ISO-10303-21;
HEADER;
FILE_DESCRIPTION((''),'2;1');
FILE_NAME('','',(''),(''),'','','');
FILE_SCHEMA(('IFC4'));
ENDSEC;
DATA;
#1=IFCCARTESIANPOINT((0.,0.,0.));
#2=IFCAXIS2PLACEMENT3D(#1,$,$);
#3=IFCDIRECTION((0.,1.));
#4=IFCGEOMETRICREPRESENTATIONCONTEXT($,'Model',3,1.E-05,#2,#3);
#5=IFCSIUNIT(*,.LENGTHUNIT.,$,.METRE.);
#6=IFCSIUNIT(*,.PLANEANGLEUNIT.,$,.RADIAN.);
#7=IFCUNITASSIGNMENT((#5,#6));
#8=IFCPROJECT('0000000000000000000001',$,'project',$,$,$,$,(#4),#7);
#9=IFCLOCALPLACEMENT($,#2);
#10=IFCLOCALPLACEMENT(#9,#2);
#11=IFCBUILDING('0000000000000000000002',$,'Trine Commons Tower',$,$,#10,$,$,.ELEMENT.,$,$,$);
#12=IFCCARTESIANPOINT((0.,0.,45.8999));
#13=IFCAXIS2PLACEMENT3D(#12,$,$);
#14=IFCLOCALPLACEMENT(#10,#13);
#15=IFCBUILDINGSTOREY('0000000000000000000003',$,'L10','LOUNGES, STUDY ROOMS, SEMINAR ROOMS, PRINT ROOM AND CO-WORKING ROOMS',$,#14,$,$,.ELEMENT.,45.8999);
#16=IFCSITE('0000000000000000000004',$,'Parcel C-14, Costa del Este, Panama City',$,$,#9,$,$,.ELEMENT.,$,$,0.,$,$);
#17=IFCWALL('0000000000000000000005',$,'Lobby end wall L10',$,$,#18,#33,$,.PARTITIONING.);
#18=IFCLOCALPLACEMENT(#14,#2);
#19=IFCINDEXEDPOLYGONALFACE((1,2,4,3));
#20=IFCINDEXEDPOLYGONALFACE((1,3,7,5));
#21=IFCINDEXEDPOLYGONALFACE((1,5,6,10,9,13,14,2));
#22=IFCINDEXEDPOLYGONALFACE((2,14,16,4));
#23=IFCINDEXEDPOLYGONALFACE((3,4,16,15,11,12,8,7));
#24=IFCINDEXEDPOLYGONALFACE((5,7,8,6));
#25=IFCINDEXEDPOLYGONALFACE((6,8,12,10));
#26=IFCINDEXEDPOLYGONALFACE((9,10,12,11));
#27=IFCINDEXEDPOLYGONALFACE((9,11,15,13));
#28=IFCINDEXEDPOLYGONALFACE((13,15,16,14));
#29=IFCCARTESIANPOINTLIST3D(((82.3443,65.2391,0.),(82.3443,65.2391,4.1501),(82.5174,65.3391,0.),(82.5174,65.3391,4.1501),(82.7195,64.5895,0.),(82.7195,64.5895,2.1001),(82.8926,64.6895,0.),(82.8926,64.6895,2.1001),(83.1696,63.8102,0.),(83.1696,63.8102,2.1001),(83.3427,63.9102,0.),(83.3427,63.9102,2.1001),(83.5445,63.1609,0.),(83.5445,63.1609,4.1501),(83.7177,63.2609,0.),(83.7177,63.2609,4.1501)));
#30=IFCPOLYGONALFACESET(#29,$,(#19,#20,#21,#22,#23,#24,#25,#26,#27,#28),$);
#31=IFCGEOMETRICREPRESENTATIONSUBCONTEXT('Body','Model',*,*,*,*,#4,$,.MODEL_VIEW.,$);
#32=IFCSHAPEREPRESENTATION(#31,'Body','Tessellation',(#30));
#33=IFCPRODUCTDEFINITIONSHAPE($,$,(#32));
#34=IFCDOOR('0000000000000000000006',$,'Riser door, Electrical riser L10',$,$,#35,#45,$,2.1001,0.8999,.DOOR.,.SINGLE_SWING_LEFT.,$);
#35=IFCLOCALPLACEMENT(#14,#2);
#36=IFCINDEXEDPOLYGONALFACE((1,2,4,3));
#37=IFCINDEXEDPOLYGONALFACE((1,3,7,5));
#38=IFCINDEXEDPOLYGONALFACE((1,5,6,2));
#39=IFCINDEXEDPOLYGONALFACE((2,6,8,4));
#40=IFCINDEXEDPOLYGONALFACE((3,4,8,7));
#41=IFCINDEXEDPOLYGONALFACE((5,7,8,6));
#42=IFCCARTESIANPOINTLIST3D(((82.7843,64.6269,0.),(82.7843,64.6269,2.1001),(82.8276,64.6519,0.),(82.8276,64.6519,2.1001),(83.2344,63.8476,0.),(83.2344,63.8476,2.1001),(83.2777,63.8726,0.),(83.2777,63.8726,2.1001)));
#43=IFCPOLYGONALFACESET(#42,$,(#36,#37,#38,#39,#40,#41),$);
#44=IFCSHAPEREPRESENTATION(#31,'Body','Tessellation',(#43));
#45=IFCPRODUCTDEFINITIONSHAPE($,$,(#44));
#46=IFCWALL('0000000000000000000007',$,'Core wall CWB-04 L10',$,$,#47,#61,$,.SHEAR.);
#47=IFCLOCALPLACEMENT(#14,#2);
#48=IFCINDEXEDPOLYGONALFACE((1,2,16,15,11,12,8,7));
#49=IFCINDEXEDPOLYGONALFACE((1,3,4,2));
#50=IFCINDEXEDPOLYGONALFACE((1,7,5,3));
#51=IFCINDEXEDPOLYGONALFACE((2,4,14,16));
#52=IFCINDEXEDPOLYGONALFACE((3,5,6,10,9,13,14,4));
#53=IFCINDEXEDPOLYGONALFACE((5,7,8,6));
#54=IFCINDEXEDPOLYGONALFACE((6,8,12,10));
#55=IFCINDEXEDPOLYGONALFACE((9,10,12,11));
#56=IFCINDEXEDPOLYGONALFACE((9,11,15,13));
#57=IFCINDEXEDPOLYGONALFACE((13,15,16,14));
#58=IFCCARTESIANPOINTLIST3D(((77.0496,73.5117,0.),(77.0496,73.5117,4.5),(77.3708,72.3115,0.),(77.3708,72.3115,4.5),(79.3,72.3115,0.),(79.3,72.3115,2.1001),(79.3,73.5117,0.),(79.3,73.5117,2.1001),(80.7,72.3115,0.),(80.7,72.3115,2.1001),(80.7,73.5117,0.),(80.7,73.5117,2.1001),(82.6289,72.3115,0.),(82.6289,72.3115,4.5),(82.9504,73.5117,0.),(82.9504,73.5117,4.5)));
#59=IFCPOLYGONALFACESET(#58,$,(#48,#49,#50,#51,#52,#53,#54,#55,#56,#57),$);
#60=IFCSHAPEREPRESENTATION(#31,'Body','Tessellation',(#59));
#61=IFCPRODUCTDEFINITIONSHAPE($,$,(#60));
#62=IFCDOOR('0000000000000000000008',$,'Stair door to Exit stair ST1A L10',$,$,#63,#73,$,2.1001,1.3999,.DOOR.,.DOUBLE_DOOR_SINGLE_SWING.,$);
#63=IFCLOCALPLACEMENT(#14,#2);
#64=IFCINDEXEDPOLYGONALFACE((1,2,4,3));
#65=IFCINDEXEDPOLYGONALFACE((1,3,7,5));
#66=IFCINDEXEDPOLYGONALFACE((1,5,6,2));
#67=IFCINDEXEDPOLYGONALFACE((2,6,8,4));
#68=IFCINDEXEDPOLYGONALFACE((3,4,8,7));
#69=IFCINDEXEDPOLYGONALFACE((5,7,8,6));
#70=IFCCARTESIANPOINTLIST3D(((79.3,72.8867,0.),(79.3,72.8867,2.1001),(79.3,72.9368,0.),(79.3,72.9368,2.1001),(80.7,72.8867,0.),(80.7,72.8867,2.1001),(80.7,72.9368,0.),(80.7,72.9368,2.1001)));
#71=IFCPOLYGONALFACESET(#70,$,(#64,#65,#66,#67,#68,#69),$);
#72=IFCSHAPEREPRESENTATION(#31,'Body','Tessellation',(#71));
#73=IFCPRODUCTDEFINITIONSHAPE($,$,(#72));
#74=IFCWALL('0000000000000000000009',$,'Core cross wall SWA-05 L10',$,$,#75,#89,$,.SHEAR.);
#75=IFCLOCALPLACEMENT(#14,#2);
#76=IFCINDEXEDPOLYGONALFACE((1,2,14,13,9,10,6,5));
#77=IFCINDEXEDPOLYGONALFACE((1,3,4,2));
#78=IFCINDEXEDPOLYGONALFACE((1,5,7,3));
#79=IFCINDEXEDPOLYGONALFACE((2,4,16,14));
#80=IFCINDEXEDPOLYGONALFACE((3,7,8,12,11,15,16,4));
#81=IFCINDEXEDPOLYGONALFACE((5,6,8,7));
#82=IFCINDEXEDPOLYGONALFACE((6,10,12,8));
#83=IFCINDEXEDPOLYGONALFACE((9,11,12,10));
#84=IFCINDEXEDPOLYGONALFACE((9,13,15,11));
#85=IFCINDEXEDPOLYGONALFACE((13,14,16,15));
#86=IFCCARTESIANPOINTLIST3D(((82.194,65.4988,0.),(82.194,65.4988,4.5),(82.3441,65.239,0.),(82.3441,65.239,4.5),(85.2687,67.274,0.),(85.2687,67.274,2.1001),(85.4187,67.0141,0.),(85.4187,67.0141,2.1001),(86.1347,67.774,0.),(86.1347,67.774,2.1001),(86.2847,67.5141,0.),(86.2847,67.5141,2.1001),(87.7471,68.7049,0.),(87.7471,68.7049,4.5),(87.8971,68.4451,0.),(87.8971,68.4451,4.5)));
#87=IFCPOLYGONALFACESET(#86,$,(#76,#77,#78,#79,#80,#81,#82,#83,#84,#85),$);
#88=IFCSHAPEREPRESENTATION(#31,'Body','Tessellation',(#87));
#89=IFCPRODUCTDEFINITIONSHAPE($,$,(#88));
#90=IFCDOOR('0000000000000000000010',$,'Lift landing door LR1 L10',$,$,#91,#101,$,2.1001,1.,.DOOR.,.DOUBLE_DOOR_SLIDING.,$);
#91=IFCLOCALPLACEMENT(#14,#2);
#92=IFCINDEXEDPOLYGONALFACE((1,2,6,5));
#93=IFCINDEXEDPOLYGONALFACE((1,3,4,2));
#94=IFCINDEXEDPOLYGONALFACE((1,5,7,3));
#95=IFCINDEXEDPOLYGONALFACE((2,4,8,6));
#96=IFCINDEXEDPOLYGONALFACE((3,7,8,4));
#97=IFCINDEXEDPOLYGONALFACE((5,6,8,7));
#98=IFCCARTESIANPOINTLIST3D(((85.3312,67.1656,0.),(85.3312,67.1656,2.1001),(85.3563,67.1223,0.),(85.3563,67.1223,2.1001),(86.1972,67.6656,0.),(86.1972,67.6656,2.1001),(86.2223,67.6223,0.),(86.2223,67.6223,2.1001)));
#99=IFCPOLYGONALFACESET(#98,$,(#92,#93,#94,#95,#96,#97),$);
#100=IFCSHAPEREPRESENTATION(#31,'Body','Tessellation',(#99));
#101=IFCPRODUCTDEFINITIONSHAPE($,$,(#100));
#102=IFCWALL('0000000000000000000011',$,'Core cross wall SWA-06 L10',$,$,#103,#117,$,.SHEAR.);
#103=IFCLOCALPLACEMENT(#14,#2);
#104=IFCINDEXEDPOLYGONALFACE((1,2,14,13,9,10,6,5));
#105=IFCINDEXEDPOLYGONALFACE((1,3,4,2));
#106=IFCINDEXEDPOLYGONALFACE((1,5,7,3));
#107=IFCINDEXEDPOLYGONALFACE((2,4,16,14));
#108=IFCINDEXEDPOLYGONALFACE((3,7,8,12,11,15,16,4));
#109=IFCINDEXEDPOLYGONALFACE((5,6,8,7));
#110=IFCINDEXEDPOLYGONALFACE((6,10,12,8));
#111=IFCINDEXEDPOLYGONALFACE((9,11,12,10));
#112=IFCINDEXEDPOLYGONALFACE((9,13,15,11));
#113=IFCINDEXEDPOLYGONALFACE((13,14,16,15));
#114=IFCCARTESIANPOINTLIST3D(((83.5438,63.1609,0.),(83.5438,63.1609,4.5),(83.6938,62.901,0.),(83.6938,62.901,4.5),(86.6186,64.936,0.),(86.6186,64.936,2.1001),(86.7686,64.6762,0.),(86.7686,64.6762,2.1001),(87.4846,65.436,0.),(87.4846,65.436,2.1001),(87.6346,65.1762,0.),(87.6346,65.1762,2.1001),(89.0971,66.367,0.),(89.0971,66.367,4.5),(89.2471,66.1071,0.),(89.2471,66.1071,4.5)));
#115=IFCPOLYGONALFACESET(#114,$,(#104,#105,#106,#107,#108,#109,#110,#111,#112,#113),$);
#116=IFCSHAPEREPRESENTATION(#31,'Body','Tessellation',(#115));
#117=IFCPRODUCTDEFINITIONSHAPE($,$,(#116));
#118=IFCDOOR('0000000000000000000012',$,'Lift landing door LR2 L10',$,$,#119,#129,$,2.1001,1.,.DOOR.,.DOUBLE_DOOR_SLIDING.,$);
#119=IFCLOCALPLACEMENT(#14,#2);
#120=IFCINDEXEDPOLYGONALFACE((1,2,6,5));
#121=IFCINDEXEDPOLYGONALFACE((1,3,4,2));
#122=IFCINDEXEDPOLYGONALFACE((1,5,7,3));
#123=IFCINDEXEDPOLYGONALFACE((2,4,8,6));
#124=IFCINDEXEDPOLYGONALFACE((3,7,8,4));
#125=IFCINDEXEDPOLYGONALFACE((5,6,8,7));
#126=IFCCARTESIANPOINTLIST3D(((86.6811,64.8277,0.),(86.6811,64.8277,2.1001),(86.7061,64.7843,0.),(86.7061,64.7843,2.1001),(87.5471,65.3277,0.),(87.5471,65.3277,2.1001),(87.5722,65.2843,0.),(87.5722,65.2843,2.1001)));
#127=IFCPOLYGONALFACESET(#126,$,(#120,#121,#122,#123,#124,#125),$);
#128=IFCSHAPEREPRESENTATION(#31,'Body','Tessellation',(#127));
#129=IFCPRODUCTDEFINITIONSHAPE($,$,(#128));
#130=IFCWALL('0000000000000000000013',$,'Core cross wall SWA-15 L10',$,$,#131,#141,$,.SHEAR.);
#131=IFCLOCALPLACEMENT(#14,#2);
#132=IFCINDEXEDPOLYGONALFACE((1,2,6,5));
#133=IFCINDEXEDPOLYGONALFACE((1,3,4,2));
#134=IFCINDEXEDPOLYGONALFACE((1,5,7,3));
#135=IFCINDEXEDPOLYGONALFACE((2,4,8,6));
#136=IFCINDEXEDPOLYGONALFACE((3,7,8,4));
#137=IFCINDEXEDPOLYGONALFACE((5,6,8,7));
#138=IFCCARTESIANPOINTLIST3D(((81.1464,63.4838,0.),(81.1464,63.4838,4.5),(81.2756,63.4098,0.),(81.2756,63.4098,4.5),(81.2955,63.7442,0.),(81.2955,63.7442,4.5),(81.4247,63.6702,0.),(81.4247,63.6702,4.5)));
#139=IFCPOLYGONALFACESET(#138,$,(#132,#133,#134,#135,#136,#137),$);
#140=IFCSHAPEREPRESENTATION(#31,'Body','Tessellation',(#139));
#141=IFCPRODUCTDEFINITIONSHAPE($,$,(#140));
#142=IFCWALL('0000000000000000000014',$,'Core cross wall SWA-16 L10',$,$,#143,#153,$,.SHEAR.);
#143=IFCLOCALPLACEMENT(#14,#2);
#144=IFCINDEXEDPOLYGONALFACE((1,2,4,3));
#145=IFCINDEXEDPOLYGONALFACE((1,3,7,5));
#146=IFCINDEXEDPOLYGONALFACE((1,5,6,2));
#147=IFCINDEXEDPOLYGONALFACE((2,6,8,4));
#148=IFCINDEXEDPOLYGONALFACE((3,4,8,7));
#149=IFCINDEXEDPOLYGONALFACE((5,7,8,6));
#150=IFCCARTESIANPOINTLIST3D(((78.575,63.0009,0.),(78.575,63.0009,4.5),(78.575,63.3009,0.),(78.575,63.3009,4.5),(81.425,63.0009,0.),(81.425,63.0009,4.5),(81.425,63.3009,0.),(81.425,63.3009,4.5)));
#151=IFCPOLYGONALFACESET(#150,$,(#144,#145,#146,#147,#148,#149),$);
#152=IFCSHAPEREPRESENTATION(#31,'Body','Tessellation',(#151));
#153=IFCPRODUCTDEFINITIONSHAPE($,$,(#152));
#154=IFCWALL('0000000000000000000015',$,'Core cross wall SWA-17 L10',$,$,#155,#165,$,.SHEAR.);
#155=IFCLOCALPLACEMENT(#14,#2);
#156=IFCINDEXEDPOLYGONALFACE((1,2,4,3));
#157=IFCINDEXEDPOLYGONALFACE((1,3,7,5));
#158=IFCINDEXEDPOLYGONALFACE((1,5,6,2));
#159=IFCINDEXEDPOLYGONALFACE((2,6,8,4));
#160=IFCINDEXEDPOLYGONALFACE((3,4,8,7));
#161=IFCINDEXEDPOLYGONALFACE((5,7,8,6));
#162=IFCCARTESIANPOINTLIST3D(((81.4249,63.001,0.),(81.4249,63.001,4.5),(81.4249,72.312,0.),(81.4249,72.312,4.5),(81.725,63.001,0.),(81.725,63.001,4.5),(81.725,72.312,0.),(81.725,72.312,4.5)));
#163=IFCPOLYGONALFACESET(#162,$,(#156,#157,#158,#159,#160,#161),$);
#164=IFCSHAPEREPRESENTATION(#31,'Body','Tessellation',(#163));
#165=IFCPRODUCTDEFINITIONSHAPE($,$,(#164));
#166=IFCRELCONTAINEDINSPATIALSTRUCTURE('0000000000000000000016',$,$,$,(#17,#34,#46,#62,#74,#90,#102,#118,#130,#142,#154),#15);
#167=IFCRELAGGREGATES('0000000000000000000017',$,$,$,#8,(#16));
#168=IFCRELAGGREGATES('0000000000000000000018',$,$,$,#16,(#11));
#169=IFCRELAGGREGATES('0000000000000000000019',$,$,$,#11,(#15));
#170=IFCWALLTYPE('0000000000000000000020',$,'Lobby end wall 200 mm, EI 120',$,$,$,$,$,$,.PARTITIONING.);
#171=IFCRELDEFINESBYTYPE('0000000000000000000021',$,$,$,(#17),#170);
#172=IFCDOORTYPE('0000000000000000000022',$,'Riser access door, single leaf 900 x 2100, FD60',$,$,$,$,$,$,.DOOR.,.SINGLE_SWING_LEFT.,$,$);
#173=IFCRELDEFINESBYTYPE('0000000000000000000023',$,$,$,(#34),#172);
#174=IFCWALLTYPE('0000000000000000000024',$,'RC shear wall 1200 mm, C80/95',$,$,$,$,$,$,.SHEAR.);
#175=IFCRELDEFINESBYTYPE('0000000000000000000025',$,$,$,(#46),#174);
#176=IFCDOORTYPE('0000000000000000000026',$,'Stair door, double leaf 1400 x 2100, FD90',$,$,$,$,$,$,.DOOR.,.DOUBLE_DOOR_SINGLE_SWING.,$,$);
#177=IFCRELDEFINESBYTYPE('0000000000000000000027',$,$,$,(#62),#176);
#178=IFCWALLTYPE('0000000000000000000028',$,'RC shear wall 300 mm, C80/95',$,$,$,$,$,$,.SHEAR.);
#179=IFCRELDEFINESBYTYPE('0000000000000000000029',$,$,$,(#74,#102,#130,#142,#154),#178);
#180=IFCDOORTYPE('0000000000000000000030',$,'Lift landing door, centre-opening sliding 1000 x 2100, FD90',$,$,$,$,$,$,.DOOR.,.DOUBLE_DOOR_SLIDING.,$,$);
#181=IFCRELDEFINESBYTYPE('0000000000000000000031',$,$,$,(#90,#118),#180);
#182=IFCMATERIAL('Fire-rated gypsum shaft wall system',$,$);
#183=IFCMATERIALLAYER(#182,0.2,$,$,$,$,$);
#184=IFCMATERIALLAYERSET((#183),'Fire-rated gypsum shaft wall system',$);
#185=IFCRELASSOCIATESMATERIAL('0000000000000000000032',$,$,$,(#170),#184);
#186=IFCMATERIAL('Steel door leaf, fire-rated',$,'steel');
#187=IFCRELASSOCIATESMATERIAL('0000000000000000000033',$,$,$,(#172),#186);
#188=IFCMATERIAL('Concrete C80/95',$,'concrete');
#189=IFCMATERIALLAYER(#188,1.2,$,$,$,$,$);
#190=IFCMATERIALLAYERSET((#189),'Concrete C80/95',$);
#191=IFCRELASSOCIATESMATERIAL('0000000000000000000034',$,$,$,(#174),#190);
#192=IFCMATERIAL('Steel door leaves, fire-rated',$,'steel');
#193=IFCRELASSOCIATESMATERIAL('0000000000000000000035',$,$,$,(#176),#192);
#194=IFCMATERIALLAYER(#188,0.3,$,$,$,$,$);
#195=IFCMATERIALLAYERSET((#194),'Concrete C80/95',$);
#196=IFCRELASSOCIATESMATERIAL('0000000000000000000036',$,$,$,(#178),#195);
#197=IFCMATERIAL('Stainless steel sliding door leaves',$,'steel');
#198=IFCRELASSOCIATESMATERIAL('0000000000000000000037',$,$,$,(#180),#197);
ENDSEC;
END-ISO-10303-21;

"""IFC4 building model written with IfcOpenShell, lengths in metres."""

from ifc_helpers import new_model, si_unit, direction, frame, frame_2d, origin, place, context, subcontext, project, spatial, polyline, rectangle, outline, extrude, material, layer, layer_set, type_object, element, fill, save


model = new_model("IFC4")

# Units and contexts
model_context = context("Model", 3, precision=1e-05, world=origin(), true_north=direction((0.0, 1.0)))
body_context = subcontext(model_context, "Body", "Model", "MODEL_VIEW")
ifc_project = project(units=[si_unit("LENGTHUNIT", "METRE"), si_unit("PLANEANGLEUNIT", "RADIAN")], contexts=[model_context])

# Site, building, storey
site_placement = place(None, origin())
site = spatial("IfcSite", under=ifc_project, at=site_placement, Name="Parcel C-14, Costa del Este, Panama City", CompositionType="ELEMENT", RefElevation=0.0)
building_placement = place(site_placement, origin())
building = spatial("IfcBuilding", under=site, at=building_placement, Name="Trine Commons Tower", CompositionType="ELEMENT")
storey_placement = place(building_placement, frame((0.0, 0.0, 45.8999)))
storey = spatial("IfcBuildingStorey", under=building, at=storey_placement, Name="L10", Description="LOUNGES, STUDY ROOMS, SEMINAR ROOMS, PRINT ROOM AND CO-WORKING ROOMS", CompositionType="ELEMENT", Elevation=45.8999)

# Walls, openings, doors
ifc_material_1 = material(Name="Fire-rated gypsum shaft wall system")
ifc_layer_1 = layer(ifc_material_1, 0.2)
ifc_layer_set_1 = layer_set([ifc_layer_1], Name="Fire-rated gypsum shaft wall system")
wall_type_1 = type_object("IfcWallType", Name="Lobby end wall 200 mm, EI 120", PredefinedType="PARTITIONING", material=ifc_layer_set_1)
wall_1_placement = place(storey_placement, frame((83.6311, 63.2109, 0.0), z_axis=(0.0, 0.0, 1.0), x_axis=(-0.500122, 0.865955, 0.0)))
wall_1 = element("IfcWall", 1, at=wall_1_placement, inside=storey, type_object=wall_type_1, Name="Lobby end wall L10", PredefinedType="PARTITIONING", context=body_context, shape_type="SweptSolid", body=[
    extrude(rectangle(XDim=2.3999, YDim=0.2, at=frame_2d((1.2, 0.0))), origin(), (0.0, 0.0, 1.0), 4.1501),
])
opening_1_placement = place(wall_1_placement, frame((0.7498, 0.0, 0.0)))
opening_1 = element("IfcOpeningElement", 2, at=opening_1_placement, cuts=wall_1, PredefinedType="OPENING", context=body_context, shape_type="SweptSolid", body=[
    extrude(rectangle(XDim=0.8999, YDim=2.1001, at=frame_2d((0.45, 1.05))), frame((0.0, 0.1099, 0.0), z_axis=(0.0, -1.0, 0.0), x_axis=(1.0, 0.0, 0.0)), (0.0, 0.0, 1.0), 0.22),
])
ifc_material_2 = material(Name="Steel door leaf, fire-rated", Category="steel")
door_type_1 = type_object("IfcDoorType", Name="Riser access door, single leaf 900 x 2100, FD60", OperationType="SINGLE_SWING_LEFT", PredefinedType="DOOR", material=ifc_material_2)
door_1_placement = place(opening_1_placement, frame((0.8999, 0.0, 0.0), z_axis=(0.0, 0.0, 1.0), x_axis=(-1.0, 0.0, 0.0)))
door_1 = element("IfcDoor", 3, at=door_1_placement, inside=storey, type_object=door_type_1, Name="Riser door, Electrical riser L10", OperationType="SINGLE_SWING_LEFT", OverallHeight=2.1001, OverallWidth=0.8999, PredefinedType="DOOR", context=body_context, shape_type="SweptSolid", body=[
    extrude(rectangle(XDim=0.8999, YDim=2.1001, at=frame_2d((0.45, 1.05))), frame((0.0, 0.0249, 0.0), z_axis=(0.0, -1.0, 0.0), x_axis=(1.0, 0.0, 0.0)), (0.0, 0.0, 1.0), 0.05),
])
fill(opening_1, door_1)
ifc_material_3 = material(Name="Concrete C80/95", Category="concrete")
ifc_layer_2 = layer(ifc_material_3, 1.2)
ifc_layer_set_2 = layer_set([ifc_layer_2], Name="Concrete C80/95")
wall_type_2 = type_object("IfcWallType", Name="RC shear wall 1200 mm, C80/95", PredefinedType="SHEAR", material=ifc_layer_set_2)
wall_2_placement = place(storey_placement, frame((82.9504, 72.9116, 0.0), z_axis=(0.0, 0.0, 1.0), x_axis=(-1.0, 0.0, 0.0)))
wall_2 = element("IfcWall", 4, at=wall_2_placement, inside=storey, type_object=wall_type_2, Name="Core wall CWB-04 L10", PredefinedType="SHEAR", context=body_context, shape_type="SweptSolid", body=[
    extrude(outline(polyline([(0.0, -0.6001), (5.9009, -0.6001), (5.5796, 0.6001), (0.3215, 0.6001), (0.0, -0.6001)])), origin(), (0.0, 0.0, 1.0), 4.5),
])
opening_2_placement = place(wall_2_placement, frame((2.2505, 0.0, 0.0)))
opening_2 = element("IfcOpeningElement", 5, at=opening_2_placement, cuts=wall_2, PredefinedType="OPENING", context=body_context, shape_type="SweptSolid", body=[
    extrude(rectangle(XDim=1.3999, YDim=2.1001, at=frame_2d((0.7, 1.05))), frame((0.0, 0.6099, 0.0), z_axis=(0.0, -1.0, 0.0), x_axis=(1.0, 0.0, 0.0)), (0.0, 0.0, 1.0), 1.22),
])
ifc_material_4 = material(Name="Steel door leaves, fire-rated", Category="steel")
door_type_2 = type_object("IfcDoorType", Name="Stair door, double leaf 1400 x 2100, FD90", OperationType="DOUBLE_DOOR_SINGLE_SWING", PredefinedType="DOOR", material=ifc_material_4)
door_2_placement = place(opening_2_placement, origin())
door_2 = element("IfcDoor", 6, at=door_2_placement, inside=storey, type_object=door_type_2, Name="Stair door to Exit stair ST1A L10", OperationType="DOUBLE_DOOR_SINGLE_SWING", OverallHeight=2.1001, OverallWidth=1.3999, PredefinedType="DOOR", context=body_context, shape_type="SweptSolid", body=[
    extrude(rectangle(XDim=1.3999, YDim=2.1001, at=frame_2d((0.7, 1.05))), frame((0.0, 0.0249, 0.0), z_axis=(0.0, -1.0, 0.0), x_axis=(1.0, 0.0, 0.0)), (0.0, 0.0, 1.0), 0.05),
])
fill(opening_2, door_2)
ifc_layer_3 = layer(ifc_material_3, 0.3)
ifc_layer_set_3 = layer_set([ifc_layer_3], Name="Concrete C80/95")
wall_type_3 = type_object("IfcWallType", Name="RC shear wall 300 mm, C80/95", PredefinedType="SHEAR", material=ifc_layer_set_3)
wall_3_placement = place(storey_placement, frame((82.269, 65.3689, 0.0), z_axis=(0.0, 0.0, 1.0), x_axis=(0.866023, 0.500005, 0.0)))
wall_3 = element("IfcWall", 7, at=wall_3_placement, inside=storey, type_object=wall_type_3, Name="Core cross wall SWA-05 L10", PredefinedType="SHEAR", context=body_context, shape_type="SweptSolid", body=[
    extrude(rectangle(XDim=6.4121, YDim=0.3, at=frame_2d((3.2061, 0.0))), origin(), (0.0, 0.0, 1.0), 4.5),
])
opening_3_placement = place(wall_3_placement, frame((3.5503, 0.0, 0.0)))
opening_3 = element("IfcOpeningElement", 8, at=opening_3_placement, cuts=wall_3, PredefinedType="OPENING", context=body_context, shape_type="SweptSolid", body=[
    extrude(rectangle(XDim=1.0, YDim=2.1001, at=frame_2d((0.5, 1.05))), frame((0.0, 0.1599, 0.0), z_axis=(0.0, -1.0, 0.0), x_axis=(1.0, 0.0, 0.0)), (0.0, 0.0, 1.0), 0.3201),
])
ifc_material_5 = material(Name="Stainless steel sliding door leaves", Category="steel")
door_type_3 = type_object("IfcDoorType", Name="Lift landing door, centre-opening sliding 1000 x 2100, FD90", OperationType="DOUBLE_DOOR_SLIDING", PredefinedType="DOOR", material=ifc_material_5)
door_3_placement = place(opening_3_placement, origin())
door_3 = element("IfcDoor", 9, at=door_3_placement, inside=storey, type_object=door_type_3, Name="Lift landing door LR1 L10", OperationType="DOUBLE_DOOR_SLIDING", OverallHeight=2.1001, OverallWidth=1.0, PredefinedType="DOOR", context=body_context, shape_type="SweptSolid", body=[
    extrude(rectangle(XDim=1.0, YDim=2.1001, at=frame_2d((0.5, 1.05))), frame((0.0, 0.0249, 0.0), z_axis=(0.0, -1.0, 0.0), x_axis=(1.0, 0.0, 0.0)), (0.0, 0.0, 1.0), 0.05),
])
fill(opening_3, door_3)
wall_4_placement = place(storey_placement, frame((83.6189, 63.031, 0.0), z_axis=(0.0, 0.0, 1.0), x_axis=(0.866032, 0.499988, 0.0)))
wall_4 = element("IfcWall", 10, at=wall_4_placement, inside=storey, type_object=wall_type_3, Name="Core cross wall SWA-06 L10", PredefinedType="SHEAR", context=body_context, shape_type="SweptSolid", body=[
    extrude(rectangle(XDim=6.4124, YDim=0.3, at=frame_2d((3.2061, 0.0))), origin(), (0.0, 0.0, 1.0), 4.5),
])
opening_4_placement = place(wall_4_placement, frame((3.5503, 0.0, 0.0)))
opening_4 = element("IfcOpeningElement", 11, at=opening_4_placement, cuts=wall_4, PredefinedType="OPENING", context=body_context, shape_type="SweptSolid", body=[
    extrude(rectangle(XDim=1.0, YDim=2.1001, at=frame_2d((0.5, 1.05))), frame((0.0, 0.1599, 0.0), z_axis=(0.0, -1.0, 0.0), x_axis=(1.0, 0.0, 0.0)), (0.0, 0.0, 1.0), 0.3201),
])
door_4_placement = place(opening_4_placement, origin())
door_4 = element("IfcDoor", 12, at=door_4_placement, inside=storey, type_object=door_type_3, Name="Lift landing door LR2 L10", OperationType="DOUBLE_DOOR_SLIDING", OverallHeight=2.1001, OverallWidth=1.0, PredefinedType="DOOR", context=body_context, shape_type="SweptSolid", body=[
    extrude(rectangle(XDim=1.0, YDim=2.1001, at=frame_2d((0.5, 1.05))), frame((0.0, 0.0249, 0.0), z_axis=(0.0, -1.0, 0.0), x_axis=(1.0, 0.0, 0.0)), (0.0, 0.0, 1.0), 0.05),
])
fill(opening_4, door_4)

# Walls
wall_5_placement = place(storey_placement, frame((81.2209, 63.614, 0.0), z_axis=(0.0, 0.0, 1.0), x_axis=(0.867738, -0.497022, 0.0)))
element("IfcWall", 13, at=wall_5_placement, inside=storey, type_object=wall_type_3, Name="Core cross wall SWA-15 L10", PredefinedType="SHEAR", context=body_context, shape_type="SweptSolid", body=[
    extrude(rectangle(XDim=0.1489, YDim=0.3, at=frame_2d((0.0745, 0.0))), origin(), (0.0, 0.0, 1.0), 4.5),
])
wall_6_placement = place(storey_placement, frame((81.425, 63.1509, 0.0), z_axis=(0.0, 0.0, 1.0), x_axis=(-1.0, 0.0, 0.0)))
element("IfcWall", 14, at=wall_6_placement, inside=storey, type_object=wall_type_3, Name="Core cross wall SWA-16 L10", PredefinedType="SHEAR", context=body_context, shape_type="SweptSolid", body=[
    extrude(rectangle(XDim=2.8501, YDim=0.3, at=frame_2d((1.425, 0.0))), origin(), (0.0, 0.0, 1.0), 4.5),
])
wall_7_placement = place(storey_placement, frame((81.575, 63.001, 0.0), z_axis=(0.0, 0.0, 1.0), x_axis=(0.0, 1.0, 0.0)))
element("IfcWall", 15, at=wall_7_placement, inside=storey, type_object=wall_type_3, Name="Core cross wall SWA-17 L10", PredefinedType="SHEAR", context=body_context, shape_type="SweptSolid", body=[
    extrude(rectangle(XDim=9.311, YDim=0.3, at=frame_2d((4.6555, 0.0))), origin(), (0.0, 0.0, 1.0), 4.5),
])

save(model, "model.ifc")
